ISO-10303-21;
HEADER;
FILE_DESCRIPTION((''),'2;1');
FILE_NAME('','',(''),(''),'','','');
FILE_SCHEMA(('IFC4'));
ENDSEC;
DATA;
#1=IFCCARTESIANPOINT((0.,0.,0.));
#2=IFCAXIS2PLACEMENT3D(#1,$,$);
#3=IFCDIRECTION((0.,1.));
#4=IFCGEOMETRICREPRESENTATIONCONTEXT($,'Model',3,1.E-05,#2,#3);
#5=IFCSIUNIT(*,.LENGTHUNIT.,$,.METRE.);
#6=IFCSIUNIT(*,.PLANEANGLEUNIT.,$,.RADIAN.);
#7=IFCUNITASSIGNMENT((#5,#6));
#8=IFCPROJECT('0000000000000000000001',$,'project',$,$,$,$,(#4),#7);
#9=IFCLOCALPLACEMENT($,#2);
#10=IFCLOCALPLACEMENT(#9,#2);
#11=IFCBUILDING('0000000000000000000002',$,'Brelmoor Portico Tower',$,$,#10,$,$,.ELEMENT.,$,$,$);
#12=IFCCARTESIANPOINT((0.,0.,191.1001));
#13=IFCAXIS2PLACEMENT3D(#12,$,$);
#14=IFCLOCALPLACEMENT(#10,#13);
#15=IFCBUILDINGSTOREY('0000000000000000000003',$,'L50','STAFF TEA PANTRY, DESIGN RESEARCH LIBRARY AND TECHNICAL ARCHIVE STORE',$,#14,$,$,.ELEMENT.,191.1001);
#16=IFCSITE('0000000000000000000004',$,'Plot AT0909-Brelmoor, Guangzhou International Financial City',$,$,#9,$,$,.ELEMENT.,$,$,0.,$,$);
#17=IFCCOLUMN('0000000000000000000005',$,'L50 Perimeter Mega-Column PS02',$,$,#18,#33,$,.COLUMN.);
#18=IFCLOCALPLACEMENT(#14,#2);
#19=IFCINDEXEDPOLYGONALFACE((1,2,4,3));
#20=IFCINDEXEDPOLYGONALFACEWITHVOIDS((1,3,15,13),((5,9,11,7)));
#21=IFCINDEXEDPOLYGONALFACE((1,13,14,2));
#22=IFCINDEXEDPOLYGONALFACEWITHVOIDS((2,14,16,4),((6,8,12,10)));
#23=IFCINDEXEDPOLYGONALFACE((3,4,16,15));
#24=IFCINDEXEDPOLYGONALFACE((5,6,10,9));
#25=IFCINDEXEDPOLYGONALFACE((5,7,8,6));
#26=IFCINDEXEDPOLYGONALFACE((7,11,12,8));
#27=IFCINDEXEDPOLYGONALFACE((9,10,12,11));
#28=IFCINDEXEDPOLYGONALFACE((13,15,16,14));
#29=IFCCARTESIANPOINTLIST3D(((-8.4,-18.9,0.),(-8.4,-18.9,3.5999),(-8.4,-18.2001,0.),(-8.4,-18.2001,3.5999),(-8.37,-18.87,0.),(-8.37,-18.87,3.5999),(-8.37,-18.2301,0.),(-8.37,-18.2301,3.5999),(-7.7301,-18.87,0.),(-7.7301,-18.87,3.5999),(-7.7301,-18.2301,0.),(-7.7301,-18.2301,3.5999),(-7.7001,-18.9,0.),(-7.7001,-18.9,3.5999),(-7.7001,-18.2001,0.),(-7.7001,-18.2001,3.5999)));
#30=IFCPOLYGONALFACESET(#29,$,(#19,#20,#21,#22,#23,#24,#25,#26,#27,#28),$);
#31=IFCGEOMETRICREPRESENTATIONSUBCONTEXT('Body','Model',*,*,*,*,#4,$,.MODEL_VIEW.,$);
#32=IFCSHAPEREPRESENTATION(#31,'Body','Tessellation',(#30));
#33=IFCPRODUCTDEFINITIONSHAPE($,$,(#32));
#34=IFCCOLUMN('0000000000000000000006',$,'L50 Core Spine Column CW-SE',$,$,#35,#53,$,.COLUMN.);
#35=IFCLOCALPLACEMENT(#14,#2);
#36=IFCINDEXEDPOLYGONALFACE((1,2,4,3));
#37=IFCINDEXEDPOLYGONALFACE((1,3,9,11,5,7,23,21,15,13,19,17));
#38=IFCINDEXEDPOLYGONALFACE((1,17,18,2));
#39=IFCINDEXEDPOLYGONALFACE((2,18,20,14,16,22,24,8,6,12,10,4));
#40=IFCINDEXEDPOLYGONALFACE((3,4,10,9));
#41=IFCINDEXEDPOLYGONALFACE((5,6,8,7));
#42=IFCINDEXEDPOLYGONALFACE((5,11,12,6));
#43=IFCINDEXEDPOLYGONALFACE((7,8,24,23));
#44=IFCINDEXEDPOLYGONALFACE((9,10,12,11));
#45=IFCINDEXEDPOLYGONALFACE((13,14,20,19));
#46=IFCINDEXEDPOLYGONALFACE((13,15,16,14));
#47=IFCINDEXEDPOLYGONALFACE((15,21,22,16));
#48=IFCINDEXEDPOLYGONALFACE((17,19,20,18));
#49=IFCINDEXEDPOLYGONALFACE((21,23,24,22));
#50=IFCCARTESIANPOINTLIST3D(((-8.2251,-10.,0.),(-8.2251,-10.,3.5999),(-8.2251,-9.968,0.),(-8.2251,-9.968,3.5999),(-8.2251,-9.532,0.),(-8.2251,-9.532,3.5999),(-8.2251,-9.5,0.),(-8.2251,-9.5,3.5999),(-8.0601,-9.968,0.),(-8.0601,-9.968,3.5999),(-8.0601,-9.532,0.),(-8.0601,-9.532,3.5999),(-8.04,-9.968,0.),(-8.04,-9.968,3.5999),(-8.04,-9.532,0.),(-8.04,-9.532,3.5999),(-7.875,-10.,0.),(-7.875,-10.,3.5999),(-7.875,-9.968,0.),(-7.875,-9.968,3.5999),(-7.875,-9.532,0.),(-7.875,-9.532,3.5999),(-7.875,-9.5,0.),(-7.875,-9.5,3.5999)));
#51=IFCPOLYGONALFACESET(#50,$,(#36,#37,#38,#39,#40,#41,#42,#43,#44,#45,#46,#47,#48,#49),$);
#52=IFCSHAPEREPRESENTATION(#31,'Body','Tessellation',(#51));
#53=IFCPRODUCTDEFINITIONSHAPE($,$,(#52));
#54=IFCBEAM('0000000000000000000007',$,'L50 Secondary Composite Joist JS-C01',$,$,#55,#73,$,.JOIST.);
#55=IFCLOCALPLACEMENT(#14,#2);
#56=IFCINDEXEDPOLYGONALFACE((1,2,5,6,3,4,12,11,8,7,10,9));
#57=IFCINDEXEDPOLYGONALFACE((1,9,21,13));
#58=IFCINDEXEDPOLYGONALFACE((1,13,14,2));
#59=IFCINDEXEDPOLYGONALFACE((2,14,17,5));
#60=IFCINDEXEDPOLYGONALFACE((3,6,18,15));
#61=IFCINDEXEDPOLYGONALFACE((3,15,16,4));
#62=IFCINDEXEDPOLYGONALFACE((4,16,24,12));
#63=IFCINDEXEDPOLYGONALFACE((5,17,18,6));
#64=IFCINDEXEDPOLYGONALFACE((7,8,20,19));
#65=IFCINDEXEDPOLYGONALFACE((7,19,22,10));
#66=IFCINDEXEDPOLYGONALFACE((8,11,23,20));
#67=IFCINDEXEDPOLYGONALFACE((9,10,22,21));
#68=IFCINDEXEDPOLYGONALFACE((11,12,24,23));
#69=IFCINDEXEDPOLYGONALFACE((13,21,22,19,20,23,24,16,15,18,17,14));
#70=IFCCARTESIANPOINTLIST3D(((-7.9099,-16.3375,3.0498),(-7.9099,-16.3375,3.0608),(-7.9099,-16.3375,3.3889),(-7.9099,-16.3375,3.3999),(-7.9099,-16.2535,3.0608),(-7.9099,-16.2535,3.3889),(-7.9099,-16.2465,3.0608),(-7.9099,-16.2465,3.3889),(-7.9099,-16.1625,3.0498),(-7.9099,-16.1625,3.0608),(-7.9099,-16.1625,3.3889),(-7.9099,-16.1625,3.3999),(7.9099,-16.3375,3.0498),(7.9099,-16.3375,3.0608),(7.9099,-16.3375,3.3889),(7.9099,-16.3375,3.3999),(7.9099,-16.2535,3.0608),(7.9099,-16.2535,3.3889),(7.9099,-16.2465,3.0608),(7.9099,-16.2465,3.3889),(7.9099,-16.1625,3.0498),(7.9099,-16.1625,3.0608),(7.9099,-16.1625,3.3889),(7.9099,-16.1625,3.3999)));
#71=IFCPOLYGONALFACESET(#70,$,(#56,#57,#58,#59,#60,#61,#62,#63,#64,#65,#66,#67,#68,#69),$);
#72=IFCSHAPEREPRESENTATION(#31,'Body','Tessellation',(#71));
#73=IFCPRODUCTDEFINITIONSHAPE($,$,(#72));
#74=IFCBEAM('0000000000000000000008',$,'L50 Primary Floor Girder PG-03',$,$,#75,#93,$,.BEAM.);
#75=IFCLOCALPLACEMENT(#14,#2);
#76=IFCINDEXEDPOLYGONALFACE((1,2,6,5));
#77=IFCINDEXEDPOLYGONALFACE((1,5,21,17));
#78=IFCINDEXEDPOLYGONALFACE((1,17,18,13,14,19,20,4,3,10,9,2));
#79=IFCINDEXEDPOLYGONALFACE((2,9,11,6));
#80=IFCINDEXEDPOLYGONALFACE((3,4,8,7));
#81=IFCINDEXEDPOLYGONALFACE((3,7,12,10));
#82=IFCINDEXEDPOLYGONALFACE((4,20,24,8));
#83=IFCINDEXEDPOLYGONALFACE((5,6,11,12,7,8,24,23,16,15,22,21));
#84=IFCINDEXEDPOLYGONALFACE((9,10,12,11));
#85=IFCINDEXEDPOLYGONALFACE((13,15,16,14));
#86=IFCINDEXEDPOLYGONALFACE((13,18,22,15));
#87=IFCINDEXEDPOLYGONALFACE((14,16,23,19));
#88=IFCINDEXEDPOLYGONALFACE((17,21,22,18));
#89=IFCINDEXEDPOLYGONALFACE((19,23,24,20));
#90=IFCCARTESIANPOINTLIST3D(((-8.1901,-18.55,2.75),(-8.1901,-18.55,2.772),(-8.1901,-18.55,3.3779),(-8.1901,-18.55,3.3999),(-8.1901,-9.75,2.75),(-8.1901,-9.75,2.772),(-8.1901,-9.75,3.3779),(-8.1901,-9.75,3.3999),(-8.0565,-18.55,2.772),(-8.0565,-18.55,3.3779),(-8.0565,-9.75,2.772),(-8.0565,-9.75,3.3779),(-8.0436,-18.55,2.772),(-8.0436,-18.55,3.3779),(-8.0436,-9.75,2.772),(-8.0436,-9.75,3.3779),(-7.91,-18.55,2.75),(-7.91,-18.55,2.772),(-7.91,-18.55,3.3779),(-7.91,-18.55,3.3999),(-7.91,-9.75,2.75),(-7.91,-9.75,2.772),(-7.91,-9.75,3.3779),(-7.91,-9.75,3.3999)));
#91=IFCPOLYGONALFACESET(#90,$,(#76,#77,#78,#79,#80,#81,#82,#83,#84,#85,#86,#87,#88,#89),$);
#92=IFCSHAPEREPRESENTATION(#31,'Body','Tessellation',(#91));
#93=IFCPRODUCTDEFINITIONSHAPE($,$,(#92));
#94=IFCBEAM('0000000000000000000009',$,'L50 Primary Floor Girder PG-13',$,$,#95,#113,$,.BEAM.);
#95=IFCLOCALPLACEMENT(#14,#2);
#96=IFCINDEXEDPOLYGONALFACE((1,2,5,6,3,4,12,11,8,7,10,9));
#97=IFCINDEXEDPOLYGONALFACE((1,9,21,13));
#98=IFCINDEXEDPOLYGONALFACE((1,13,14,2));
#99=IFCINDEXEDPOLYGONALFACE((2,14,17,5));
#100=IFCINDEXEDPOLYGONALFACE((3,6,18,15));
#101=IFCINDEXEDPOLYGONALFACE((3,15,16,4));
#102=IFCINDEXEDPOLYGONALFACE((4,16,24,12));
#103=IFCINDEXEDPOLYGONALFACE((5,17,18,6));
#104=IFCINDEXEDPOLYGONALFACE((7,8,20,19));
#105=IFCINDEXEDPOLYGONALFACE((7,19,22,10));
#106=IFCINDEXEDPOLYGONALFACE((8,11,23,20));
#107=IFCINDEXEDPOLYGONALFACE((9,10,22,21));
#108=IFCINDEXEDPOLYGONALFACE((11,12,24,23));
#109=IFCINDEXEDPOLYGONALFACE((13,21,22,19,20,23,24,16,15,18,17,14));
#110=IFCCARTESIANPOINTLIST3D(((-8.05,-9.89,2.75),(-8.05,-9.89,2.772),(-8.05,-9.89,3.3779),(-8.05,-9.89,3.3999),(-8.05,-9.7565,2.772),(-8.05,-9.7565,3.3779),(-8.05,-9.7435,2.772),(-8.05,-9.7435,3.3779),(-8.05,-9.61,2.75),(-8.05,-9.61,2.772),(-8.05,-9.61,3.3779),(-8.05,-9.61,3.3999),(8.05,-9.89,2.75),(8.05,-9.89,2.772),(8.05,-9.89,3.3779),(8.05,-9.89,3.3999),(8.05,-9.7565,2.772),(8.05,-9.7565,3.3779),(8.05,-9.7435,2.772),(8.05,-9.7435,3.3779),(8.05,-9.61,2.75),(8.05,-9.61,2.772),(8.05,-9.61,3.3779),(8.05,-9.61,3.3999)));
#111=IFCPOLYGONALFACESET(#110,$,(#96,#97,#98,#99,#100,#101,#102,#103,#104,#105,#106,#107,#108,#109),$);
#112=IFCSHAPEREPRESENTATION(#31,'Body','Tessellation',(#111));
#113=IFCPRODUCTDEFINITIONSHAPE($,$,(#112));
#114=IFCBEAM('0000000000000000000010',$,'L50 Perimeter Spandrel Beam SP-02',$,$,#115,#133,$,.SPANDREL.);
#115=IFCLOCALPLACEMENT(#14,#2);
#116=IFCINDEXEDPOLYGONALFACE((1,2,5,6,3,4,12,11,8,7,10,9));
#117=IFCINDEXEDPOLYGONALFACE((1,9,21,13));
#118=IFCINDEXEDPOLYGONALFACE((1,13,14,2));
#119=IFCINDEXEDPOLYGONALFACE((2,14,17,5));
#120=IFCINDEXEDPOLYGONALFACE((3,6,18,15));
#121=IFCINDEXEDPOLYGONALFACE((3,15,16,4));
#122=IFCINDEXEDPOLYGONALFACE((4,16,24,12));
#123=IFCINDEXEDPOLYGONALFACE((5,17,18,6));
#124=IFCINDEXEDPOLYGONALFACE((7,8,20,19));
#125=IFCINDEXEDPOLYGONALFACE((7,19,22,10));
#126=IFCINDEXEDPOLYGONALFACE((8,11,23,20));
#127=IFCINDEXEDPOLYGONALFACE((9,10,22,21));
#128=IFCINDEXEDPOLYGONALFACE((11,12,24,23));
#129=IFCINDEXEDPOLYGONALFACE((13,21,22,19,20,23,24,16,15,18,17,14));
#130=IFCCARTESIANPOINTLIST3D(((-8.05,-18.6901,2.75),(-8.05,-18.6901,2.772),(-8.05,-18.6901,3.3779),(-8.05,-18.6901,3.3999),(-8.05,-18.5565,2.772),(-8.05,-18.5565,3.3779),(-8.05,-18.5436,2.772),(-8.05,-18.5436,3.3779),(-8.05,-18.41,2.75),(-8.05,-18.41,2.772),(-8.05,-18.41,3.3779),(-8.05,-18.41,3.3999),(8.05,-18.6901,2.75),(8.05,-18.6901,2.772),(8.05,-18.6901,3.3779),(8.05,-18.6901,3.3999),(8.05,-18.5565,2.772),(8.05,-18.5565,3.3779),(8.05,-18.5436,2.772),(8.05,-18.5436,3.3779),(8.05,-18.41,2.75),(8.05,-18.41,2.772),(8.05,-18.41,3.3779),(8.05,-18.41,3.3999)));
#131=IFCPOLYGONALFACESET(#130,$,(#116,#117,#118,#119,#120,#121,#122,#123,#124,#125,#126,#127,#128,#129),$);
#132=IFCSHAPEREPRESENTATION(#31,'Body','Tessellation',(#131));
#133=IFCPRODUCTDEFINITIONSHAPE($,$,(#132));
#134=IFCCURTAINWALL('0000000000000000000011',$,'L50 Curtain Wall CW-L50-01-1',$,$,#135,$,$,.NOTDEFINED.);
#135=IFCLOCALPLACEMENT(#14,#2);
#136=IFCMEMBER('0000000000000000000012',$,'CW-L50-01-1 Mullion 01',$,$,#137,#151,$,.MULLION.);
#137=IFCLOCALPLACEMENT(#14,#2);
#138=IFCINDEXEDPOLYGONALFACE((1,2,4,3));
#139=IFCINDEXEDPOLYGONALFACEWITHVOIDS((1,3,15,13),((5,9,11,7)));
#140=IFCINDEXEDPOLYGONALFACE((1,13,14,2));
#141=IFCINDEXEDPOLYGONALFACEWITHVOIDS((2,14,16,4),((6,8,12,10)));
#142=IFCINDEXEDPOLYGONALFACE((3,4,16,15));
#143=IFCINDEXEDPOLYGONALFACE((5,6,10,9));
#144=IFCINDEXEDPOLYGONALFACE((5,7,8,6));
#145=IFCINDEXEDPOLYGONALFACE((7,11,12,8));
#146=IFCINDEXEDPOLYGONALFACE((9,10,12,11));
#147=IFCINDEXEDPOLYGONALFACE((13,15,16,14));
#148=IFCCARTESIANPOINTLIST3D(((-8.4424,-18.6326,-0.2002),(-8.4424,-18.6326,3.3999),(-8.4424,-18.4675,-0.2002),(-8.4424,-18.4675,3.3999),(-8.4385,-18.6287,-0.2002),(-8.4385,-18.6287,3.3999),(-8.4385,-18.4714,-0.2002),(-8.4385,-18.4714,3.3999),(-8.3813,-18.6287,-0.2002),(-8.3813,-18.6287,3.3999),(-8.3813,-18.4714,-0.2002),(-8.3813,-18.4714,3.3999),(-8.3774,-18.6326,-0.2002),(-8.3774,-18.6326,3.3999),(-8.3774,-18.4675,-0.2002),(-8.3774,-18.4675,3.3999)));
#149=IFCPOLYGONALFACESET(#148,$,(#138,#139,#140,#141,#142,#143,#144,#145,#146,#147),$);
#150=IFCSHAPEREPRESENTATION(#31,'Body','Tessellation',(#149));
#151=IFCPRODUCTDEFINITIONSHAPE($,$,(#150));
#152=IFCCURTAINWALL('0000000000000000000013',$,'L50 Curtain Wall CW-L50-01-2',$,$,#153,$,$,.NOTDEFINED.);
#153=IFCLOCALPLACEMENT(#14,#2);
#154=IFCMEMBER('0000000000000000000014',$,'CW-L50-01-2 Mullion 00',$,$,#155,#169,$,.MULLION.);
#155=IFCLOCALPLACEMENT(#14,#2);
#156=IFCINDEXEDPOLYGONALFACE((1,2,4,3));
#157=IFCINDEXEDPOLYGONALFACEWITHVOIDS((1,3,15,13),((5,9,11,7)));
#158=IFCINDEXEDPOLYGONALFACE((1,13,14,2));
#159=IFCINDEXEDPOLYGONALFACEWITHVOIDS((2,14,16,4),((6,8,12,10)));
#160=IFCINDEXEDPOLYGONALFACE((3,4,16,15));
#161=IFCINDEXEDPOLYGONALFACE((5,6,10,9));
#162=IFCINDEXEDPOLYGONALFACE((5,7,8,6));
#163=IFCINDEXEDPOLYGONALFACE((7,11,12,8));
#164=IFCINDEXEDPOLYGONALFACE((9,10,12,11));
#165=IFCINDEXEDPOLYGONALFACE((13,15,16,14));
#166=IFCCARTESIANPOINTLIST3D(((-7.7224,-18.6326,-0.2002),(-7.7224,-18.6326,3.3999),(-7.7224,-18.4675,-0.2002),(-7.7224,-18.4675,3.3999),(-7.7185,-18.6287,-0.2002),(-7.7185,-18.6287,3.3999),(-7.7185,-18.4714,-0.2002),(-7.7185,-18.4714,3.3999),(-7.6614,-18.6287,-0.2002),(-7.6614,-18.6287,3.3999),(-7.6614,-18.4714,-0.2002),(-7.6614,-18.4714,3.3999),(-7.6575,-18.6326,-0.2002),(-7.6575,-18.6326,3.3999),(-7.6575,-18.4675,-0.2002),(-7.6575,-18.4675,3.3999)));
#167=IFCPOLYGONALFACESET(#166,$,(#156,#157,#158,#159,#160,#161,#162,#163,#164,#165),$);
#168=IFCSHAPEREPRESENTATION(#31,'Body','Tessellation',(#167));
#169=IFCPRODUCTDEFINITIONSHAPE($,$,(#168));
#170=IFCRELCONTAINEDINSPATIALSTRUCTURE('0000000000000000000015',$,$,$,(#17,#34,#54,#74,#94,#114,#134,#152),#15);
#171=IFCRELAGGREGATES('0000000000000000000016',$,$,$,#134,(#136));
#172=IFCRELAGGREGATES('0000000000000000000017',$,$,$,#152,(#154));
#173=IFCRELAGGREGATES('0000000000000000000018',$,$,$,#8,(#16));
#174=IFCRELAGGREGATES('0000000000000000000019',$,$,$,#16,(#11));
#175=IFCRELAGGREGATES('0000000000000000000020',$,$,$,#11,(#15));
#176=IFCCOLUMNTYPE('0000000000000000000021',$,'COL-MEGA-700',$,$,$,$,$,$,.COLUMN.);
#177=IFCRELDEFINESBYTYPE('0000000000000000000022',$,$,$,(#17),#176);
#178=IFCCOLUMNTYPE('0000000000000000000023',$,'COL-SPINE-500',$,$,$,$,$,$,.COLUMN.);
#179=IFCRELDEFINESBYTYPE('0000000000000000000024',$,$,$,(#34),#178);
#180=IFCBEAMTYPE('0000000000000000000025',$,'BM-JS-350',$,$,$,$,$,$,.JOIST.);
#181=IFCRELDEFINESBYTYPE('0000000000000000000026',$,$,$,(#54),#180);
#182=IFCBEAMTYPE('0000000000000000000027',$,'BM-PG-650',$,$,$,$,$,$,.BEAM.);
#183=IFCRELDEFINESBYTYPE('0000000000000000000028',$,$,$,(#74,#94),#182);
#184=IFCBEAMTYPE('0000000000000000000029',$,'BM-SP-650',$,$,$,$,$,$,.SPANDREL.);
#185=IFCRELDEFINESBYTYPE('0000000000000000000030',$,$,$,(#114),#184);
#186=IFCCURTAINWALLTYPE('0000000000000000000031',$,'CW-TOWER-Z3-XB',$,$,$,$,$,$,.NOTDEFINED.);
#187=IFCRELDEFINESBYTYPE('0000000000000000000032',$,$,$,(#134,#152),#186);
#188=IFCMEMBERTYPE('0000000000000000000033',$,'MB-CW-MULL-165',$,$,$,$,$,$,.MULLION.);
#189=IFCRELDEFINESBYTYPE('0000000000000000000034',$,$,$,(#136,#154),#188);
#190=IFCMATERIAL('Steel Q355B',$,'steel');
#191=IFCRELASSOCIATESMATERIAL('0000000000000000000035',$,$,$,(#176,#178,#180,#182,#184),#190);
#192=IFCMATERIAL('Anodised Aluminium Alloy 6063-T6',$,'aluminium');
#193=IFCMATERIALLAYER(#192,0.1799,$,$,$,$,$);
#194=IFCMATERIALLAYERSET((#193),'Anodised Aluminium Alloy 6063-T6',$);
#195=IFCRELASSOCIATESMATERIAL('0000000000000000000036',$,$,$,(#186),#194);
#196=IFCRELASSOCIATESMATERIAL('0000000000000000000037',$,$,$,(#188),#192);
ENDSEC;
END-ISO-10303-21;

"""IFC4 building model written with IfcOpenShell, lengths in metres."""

from ifc_helpers import new_model, si_unit, direction, frame, origin, origin_2d, place, context, subcontext, project, spatial, hollow_rectangle, i_section, extrude, material, layer, layer_set, material_profile, profile_set, type_object, element, aggregate, save


model = new_model("IFC4")

# Units and contexts
model_context = context("Model", 3, precision=1e-05, world=origin(), true_north=direction((0.0, 1.0)))
body_context = subcontext(model_context, "Body", "Model", "MODEL_VIEW")
ifc_project = project(units=[si_unit("LENGTHUNIT", "METRE"), si_unit("PLANEANGLEUNIT", "RADIAN")], contexts=[model_context])

# Site, building, storey
site_placement = place(None, origin())
site = spatial("IfcSite", under=ifc_project, at=site_placement, Name="Plot AT0909-Brelmoor, Guangzhou International Financial City", CompositionType="ELEMENT", RefElevation=0.0)
building_placement = place(site_placement, origin())
building = spatial("IfcBuilding", under=site, at=building_placement, Name="Brelmoor Portico Tower", CompositionType="ELEMENT")
storey_placement = place(building_placement, frame((0.0, 0.0, 191.1001)))
storey = spatial("IfcBuildingStorey", under=building, at=storey_placement, Name="L50", Description="STAFF TEA PANTRY, DESIGN RESEARCH LIBRARY AND TECHNICAL ARCHIVE STORE", CompositionType="ELEMENT", Elevation=191.1001)

# Columns
ifc_material_1 = material(Name="Steel Q355B", Category="steel")
ifc_material_profile_1 = material_profile(ifc_material_1, hollow_rectangle(XDim=0.7, YDim=0.7, WallThickness=0.03, at=origin_2d()), Name="BOX 700x700x30")
ifc_profile_set_1 = profile_set([ifc_material_profile_1], Name="Steel Q355B")
column_type_1 = type_object("IfcColumnType", Name="COL-MEGA-700", PredefinedType="COLUMN", material=ifc_profile_set_1)
column_1_placement = place(storey_placement, frame((-8.05, -18.55, 0.0), z_axis=(0.0, 0.0, 1.0), x_axis=(1.0, 0.0, 0.0)))
element("IfcColumn", 1, at=column_1_placement, inside=storey, type_object=column_type_1, Name="L50 Perimeter Mega-Column PS02", PredefinedType="COLUMN", context=body_context, shape_type="SweptSolid", body=[
    extrude(hollow_rectangle(XDim=0.7, YDim=0.7, WallThickness=0.03, at=origin_2d()), origin(), (0.0, 0.0, 1.0), 3.5999),
])
ifc_material_profile_2 = material_profile(ifc_material_1, i_section(OverallWidth=0.3501, OverallDepth=0.5, WebThickness=0.02, FlangeThickness=0.032, at=origin_2d()), Name="HW 500x350x20x32")
ifc_profile_set_2 = profile_set([ifc_material_profile_2], Name="Steel Q355B")
column_type_2 = type_object("IfcColumnType", Name="COL-SPINE-500", PredefinedType="COLUMN", material=ifc_profile_set_2)
column_2_placement = place(storey_placement, frame((-8.05, -9.75, 0.0), z_axis=(0.0, 0.0, 1.0), x_axis=(1.0, 0.0, 0.0)))
element("IfcColumn", 2, at=column_2_placement, inside=storey, type_object=column_type_2, Name="L50 Core Spine Column CW-SE", PredefinedType="COLUMN", context=body_context, shape_type="SweptSolid", body=[
    extrude(i_section(OverallWidth=0.3501, OverallDepth=0.5, WebThickness=0.02, FlangeThickness=0.032, at=origin_2d()), origin(), (0.0, 0.0, 1.0), 3.5999),
])

# Beams
ifc_material_profile_3 = material_profile(ifc_material_1, i_section(OverallWidth=0.175, OverallDepth=0.3501, WebThickness=0.0071, FlangeThickness=0.011, at=origin_2d()), Name="HN 350x175x7x11")
ifc_profile_set_3 = profile_set([ifc_material_profile_3], Name="Steel Q355B")
beam_type_1 = type_object("IfcBeamType", Name="BM-JS-350", PredefinedType="JOIST", material=ifc_profile_set_3)
beam_1_placement = place(storey_placement, frame((-7.9099, -16.25, 3.2249), z_axis=(1.0, 0.0, 0.0), x_axis=(0.0, 1.0, 0.0)))
element("IfcBeam", 3, at=beam_1_placement, inside=storey, type_object=beam_type_1, Name="L50 Secondary Composite Joist JS-C01", PredefinedType="JOIST", context=body_context, shape_type="SweptSolid", body=[
    extrude(i_section(OverallWidth=0.175, OverallDepth=0.3501, WebThickness=0.0071, FlangeThickness=0.011, at=origin_2d()), origin(), (0.0, 0.0, 1.0), 15.8198),
])
ifc_material_profile_4 = material_profile(ifc_material_1, i_section(OverallWidth=0.28, OverallDepth=0.6499, WebThickness=0.0129, FlangeThickness=0.022, at=origin_2d()), Name="HN 650x280x13x22")
ifc_profile_set_4 = profile_set([ifc_material_profile_4], Name="Steel Q355B")
beam_type_2 = type_object("IfcBeamType", Name="BM-PG-650", PredefinedType="BEAM", material=ifc_profile_set_4)
beam_2_placement = place(storey_placement, frame((-8.05, -18.55, 3.075), z_axis=(0.0, 1.0, 0.0), x_axis=(-1.0, 0.0, 0.0)))
element("IfcBeam", 4, at=beam_2_placement, inside=storey, type_object=beam_type_2, Name="L50 Primary Floor Girder PG-03", PredefinedType="BEAM", context=body_context, shape_type="SweptSolid", body=[
    extrude(i_section(OverallWidth=0.28, OverallDepth=0.6499, WebThickness=0.0129, FlangeThickness=0.022, at=origin_2d()), origin(), (0.0, 0.0, 1.0), 8.8),
])
beam_3_placement = place(storey_placement, frame((-8.05, -9.75, 3.075), z_axis=(1.0, 0.0, 0.0), x_axis=(0.0, 1.0, 0.0)))
element("IfcBeam", 5, at=beam_3_placement, inside=storey, type_object=beam_type_2, Name="L50 Primary Floor Girder PG-13", PredefinedType="BEAM", context=body_context, shape_type="SweptSolid", body=[
    extrude(i_section(OverallWidth=0.28, OverallDepth=0.6499, WebThickness=0.0129, FlangeThickness=0.022, at=origin_2d()), origin(), (0.0, 0.0, 1.0), 16.1001),
])
ifc_material_profile_5 = material_profile(ifc_material_1, i_section(OverallWidth=0.28, OverallDepth=0.6499, WebThickness=0.0129, FlangeThickness=0.022, at=origin_2d()), Name="HN 650x280x13x22")
ifc_profile_set_5 = profile_set([ifc_material_profile_5], Name="Steel Q355B")
beam_type_3 = type_object("IfcBeamType", Name="BM-SP-650", PredefinedType="SPANDREL", material=ifc_profile_set_5)
beam_4_placement = place(storey_placement, frame((-8.05, -18.55, 3.075), z_axis=(1.0, 0.0, 0.0), x_axis=(0.0, 1.0, 0.0)))
element("IfcBeam", 6, at=beam_4_placement, inside=storey, type_object=beam_type_3, Name="L50 Perimeter Spandrel Beam SP-02", PredefinedType="SPANDREL", context=body_context, shape_type="SweptSolid", body=[
    extrude(i_section(OverallWidth=0.28, OverallDepth=0.6499, WebThickness=0.0129, FlangeThickness=0.022, at=origin_2d()), origin(), (0.0, 0.0, 1.0), 16.1001),
])

# Curtain wall, member
ifc_material_2 = material(Name="Anodised Aluminium Alloy 6063-T6", Category="aluminium")
ifc_layer_1 = layer(ifc_material_2, 0.1799)
ifc_layer_set_1 = layer_set([ifc_layer_1], Name="Anodised Aluminium Alloy 6063-T6")
curtain_wall_type = type_object("IfcCurtainWallType", Name="CW-TOWER-Z3-XB", PredefinedType="NOTDEFINED", material=ifc_layer_set_1)
curtain_wall_1_placement = place(storey_placement, origin())
curtain_wall_1 = element("IfcCurtainWall", 7, at=curtain_wall_1_placement, inside=storey, type_object=curtain_wall_type, Name="L50 Curtain Wall CW-L50-01-1", PredefinedType="NOTDEFINED")
ifc_material_profile_6 = material_profile(ifc_material_2, hollow_rectangle(XDim=0.0649, YDim=0.165, WallThickness=0.0039, at=origin_2d()), Name="ALU MULLION 65x165")
ifc_profile_set_6 = profile_set([ifc_material_profile_6], Name="Anodised Aluminium Alloy 6063-T6")
member_type_1 = type_object("IfcMemberType", Name="MB-CW-MULL-165", PredefinedType="MULLION", material=ifc_profile_set_6)
member_1_placement = place(storey_placement, frame((-8.4099, -18.55, -0.2002), z_axis=(0.0, 0.0, 1.0), x_axis=(1.0, 0.0, 0.0)))
member_1 = element("IfcMember", 8, at=member_1_placement, type_object=member_type_1, Name="CW-L50-01-1 Mullion 01", PredefinedType="MULLION", context=body_context, shape_type="SweptSolid", body=[
    extrude(hollow_rectangle(XDim=0.0649, YDim=0.165, WallThickness=0.0039, at=origin_2d()), origin(), (0.0, 0.0, 1.0), 3.6001),
])

# Curtain wall, member
curtain_wall_2_placement = place(storey_placement, origin())
curtain_wall_2 = element("IfcCurtainWall", 9, at=curtain_wall_2_placement, inside=storey, type_object=curtain_wall_type, Name="L50 Curtain Wall CW-L50-01-2", PredefinedType="NOTDEFINED")
member_2_placement = place(storey_placement, frame((-7.6899, -18.55, -0.2002), z_axis=(0.0, 0.0, 1.0), x_axis=(1.0, 0.0, 0.0)))
member_2 = element("IfcMember", 10, at=member_2_placement, type_object=member_type_1, Name="CW-L50-01-2 Mullion 00", PredefinedType="MULLION", context=body_context, shape_type="SweptSolid", body=[
    extrude(hollow_rectangle(XDim=0.0649, YDim=0.165, WallThickness=0.0039, at=origin_2d()), origin(), (0.0, 0.0, 1.0), 3.6001),
])

aggregate(curtain_wall_1, [member_1])
aggregate(curtain_wall_2, [member_2])

save(model, "model.ifc")
